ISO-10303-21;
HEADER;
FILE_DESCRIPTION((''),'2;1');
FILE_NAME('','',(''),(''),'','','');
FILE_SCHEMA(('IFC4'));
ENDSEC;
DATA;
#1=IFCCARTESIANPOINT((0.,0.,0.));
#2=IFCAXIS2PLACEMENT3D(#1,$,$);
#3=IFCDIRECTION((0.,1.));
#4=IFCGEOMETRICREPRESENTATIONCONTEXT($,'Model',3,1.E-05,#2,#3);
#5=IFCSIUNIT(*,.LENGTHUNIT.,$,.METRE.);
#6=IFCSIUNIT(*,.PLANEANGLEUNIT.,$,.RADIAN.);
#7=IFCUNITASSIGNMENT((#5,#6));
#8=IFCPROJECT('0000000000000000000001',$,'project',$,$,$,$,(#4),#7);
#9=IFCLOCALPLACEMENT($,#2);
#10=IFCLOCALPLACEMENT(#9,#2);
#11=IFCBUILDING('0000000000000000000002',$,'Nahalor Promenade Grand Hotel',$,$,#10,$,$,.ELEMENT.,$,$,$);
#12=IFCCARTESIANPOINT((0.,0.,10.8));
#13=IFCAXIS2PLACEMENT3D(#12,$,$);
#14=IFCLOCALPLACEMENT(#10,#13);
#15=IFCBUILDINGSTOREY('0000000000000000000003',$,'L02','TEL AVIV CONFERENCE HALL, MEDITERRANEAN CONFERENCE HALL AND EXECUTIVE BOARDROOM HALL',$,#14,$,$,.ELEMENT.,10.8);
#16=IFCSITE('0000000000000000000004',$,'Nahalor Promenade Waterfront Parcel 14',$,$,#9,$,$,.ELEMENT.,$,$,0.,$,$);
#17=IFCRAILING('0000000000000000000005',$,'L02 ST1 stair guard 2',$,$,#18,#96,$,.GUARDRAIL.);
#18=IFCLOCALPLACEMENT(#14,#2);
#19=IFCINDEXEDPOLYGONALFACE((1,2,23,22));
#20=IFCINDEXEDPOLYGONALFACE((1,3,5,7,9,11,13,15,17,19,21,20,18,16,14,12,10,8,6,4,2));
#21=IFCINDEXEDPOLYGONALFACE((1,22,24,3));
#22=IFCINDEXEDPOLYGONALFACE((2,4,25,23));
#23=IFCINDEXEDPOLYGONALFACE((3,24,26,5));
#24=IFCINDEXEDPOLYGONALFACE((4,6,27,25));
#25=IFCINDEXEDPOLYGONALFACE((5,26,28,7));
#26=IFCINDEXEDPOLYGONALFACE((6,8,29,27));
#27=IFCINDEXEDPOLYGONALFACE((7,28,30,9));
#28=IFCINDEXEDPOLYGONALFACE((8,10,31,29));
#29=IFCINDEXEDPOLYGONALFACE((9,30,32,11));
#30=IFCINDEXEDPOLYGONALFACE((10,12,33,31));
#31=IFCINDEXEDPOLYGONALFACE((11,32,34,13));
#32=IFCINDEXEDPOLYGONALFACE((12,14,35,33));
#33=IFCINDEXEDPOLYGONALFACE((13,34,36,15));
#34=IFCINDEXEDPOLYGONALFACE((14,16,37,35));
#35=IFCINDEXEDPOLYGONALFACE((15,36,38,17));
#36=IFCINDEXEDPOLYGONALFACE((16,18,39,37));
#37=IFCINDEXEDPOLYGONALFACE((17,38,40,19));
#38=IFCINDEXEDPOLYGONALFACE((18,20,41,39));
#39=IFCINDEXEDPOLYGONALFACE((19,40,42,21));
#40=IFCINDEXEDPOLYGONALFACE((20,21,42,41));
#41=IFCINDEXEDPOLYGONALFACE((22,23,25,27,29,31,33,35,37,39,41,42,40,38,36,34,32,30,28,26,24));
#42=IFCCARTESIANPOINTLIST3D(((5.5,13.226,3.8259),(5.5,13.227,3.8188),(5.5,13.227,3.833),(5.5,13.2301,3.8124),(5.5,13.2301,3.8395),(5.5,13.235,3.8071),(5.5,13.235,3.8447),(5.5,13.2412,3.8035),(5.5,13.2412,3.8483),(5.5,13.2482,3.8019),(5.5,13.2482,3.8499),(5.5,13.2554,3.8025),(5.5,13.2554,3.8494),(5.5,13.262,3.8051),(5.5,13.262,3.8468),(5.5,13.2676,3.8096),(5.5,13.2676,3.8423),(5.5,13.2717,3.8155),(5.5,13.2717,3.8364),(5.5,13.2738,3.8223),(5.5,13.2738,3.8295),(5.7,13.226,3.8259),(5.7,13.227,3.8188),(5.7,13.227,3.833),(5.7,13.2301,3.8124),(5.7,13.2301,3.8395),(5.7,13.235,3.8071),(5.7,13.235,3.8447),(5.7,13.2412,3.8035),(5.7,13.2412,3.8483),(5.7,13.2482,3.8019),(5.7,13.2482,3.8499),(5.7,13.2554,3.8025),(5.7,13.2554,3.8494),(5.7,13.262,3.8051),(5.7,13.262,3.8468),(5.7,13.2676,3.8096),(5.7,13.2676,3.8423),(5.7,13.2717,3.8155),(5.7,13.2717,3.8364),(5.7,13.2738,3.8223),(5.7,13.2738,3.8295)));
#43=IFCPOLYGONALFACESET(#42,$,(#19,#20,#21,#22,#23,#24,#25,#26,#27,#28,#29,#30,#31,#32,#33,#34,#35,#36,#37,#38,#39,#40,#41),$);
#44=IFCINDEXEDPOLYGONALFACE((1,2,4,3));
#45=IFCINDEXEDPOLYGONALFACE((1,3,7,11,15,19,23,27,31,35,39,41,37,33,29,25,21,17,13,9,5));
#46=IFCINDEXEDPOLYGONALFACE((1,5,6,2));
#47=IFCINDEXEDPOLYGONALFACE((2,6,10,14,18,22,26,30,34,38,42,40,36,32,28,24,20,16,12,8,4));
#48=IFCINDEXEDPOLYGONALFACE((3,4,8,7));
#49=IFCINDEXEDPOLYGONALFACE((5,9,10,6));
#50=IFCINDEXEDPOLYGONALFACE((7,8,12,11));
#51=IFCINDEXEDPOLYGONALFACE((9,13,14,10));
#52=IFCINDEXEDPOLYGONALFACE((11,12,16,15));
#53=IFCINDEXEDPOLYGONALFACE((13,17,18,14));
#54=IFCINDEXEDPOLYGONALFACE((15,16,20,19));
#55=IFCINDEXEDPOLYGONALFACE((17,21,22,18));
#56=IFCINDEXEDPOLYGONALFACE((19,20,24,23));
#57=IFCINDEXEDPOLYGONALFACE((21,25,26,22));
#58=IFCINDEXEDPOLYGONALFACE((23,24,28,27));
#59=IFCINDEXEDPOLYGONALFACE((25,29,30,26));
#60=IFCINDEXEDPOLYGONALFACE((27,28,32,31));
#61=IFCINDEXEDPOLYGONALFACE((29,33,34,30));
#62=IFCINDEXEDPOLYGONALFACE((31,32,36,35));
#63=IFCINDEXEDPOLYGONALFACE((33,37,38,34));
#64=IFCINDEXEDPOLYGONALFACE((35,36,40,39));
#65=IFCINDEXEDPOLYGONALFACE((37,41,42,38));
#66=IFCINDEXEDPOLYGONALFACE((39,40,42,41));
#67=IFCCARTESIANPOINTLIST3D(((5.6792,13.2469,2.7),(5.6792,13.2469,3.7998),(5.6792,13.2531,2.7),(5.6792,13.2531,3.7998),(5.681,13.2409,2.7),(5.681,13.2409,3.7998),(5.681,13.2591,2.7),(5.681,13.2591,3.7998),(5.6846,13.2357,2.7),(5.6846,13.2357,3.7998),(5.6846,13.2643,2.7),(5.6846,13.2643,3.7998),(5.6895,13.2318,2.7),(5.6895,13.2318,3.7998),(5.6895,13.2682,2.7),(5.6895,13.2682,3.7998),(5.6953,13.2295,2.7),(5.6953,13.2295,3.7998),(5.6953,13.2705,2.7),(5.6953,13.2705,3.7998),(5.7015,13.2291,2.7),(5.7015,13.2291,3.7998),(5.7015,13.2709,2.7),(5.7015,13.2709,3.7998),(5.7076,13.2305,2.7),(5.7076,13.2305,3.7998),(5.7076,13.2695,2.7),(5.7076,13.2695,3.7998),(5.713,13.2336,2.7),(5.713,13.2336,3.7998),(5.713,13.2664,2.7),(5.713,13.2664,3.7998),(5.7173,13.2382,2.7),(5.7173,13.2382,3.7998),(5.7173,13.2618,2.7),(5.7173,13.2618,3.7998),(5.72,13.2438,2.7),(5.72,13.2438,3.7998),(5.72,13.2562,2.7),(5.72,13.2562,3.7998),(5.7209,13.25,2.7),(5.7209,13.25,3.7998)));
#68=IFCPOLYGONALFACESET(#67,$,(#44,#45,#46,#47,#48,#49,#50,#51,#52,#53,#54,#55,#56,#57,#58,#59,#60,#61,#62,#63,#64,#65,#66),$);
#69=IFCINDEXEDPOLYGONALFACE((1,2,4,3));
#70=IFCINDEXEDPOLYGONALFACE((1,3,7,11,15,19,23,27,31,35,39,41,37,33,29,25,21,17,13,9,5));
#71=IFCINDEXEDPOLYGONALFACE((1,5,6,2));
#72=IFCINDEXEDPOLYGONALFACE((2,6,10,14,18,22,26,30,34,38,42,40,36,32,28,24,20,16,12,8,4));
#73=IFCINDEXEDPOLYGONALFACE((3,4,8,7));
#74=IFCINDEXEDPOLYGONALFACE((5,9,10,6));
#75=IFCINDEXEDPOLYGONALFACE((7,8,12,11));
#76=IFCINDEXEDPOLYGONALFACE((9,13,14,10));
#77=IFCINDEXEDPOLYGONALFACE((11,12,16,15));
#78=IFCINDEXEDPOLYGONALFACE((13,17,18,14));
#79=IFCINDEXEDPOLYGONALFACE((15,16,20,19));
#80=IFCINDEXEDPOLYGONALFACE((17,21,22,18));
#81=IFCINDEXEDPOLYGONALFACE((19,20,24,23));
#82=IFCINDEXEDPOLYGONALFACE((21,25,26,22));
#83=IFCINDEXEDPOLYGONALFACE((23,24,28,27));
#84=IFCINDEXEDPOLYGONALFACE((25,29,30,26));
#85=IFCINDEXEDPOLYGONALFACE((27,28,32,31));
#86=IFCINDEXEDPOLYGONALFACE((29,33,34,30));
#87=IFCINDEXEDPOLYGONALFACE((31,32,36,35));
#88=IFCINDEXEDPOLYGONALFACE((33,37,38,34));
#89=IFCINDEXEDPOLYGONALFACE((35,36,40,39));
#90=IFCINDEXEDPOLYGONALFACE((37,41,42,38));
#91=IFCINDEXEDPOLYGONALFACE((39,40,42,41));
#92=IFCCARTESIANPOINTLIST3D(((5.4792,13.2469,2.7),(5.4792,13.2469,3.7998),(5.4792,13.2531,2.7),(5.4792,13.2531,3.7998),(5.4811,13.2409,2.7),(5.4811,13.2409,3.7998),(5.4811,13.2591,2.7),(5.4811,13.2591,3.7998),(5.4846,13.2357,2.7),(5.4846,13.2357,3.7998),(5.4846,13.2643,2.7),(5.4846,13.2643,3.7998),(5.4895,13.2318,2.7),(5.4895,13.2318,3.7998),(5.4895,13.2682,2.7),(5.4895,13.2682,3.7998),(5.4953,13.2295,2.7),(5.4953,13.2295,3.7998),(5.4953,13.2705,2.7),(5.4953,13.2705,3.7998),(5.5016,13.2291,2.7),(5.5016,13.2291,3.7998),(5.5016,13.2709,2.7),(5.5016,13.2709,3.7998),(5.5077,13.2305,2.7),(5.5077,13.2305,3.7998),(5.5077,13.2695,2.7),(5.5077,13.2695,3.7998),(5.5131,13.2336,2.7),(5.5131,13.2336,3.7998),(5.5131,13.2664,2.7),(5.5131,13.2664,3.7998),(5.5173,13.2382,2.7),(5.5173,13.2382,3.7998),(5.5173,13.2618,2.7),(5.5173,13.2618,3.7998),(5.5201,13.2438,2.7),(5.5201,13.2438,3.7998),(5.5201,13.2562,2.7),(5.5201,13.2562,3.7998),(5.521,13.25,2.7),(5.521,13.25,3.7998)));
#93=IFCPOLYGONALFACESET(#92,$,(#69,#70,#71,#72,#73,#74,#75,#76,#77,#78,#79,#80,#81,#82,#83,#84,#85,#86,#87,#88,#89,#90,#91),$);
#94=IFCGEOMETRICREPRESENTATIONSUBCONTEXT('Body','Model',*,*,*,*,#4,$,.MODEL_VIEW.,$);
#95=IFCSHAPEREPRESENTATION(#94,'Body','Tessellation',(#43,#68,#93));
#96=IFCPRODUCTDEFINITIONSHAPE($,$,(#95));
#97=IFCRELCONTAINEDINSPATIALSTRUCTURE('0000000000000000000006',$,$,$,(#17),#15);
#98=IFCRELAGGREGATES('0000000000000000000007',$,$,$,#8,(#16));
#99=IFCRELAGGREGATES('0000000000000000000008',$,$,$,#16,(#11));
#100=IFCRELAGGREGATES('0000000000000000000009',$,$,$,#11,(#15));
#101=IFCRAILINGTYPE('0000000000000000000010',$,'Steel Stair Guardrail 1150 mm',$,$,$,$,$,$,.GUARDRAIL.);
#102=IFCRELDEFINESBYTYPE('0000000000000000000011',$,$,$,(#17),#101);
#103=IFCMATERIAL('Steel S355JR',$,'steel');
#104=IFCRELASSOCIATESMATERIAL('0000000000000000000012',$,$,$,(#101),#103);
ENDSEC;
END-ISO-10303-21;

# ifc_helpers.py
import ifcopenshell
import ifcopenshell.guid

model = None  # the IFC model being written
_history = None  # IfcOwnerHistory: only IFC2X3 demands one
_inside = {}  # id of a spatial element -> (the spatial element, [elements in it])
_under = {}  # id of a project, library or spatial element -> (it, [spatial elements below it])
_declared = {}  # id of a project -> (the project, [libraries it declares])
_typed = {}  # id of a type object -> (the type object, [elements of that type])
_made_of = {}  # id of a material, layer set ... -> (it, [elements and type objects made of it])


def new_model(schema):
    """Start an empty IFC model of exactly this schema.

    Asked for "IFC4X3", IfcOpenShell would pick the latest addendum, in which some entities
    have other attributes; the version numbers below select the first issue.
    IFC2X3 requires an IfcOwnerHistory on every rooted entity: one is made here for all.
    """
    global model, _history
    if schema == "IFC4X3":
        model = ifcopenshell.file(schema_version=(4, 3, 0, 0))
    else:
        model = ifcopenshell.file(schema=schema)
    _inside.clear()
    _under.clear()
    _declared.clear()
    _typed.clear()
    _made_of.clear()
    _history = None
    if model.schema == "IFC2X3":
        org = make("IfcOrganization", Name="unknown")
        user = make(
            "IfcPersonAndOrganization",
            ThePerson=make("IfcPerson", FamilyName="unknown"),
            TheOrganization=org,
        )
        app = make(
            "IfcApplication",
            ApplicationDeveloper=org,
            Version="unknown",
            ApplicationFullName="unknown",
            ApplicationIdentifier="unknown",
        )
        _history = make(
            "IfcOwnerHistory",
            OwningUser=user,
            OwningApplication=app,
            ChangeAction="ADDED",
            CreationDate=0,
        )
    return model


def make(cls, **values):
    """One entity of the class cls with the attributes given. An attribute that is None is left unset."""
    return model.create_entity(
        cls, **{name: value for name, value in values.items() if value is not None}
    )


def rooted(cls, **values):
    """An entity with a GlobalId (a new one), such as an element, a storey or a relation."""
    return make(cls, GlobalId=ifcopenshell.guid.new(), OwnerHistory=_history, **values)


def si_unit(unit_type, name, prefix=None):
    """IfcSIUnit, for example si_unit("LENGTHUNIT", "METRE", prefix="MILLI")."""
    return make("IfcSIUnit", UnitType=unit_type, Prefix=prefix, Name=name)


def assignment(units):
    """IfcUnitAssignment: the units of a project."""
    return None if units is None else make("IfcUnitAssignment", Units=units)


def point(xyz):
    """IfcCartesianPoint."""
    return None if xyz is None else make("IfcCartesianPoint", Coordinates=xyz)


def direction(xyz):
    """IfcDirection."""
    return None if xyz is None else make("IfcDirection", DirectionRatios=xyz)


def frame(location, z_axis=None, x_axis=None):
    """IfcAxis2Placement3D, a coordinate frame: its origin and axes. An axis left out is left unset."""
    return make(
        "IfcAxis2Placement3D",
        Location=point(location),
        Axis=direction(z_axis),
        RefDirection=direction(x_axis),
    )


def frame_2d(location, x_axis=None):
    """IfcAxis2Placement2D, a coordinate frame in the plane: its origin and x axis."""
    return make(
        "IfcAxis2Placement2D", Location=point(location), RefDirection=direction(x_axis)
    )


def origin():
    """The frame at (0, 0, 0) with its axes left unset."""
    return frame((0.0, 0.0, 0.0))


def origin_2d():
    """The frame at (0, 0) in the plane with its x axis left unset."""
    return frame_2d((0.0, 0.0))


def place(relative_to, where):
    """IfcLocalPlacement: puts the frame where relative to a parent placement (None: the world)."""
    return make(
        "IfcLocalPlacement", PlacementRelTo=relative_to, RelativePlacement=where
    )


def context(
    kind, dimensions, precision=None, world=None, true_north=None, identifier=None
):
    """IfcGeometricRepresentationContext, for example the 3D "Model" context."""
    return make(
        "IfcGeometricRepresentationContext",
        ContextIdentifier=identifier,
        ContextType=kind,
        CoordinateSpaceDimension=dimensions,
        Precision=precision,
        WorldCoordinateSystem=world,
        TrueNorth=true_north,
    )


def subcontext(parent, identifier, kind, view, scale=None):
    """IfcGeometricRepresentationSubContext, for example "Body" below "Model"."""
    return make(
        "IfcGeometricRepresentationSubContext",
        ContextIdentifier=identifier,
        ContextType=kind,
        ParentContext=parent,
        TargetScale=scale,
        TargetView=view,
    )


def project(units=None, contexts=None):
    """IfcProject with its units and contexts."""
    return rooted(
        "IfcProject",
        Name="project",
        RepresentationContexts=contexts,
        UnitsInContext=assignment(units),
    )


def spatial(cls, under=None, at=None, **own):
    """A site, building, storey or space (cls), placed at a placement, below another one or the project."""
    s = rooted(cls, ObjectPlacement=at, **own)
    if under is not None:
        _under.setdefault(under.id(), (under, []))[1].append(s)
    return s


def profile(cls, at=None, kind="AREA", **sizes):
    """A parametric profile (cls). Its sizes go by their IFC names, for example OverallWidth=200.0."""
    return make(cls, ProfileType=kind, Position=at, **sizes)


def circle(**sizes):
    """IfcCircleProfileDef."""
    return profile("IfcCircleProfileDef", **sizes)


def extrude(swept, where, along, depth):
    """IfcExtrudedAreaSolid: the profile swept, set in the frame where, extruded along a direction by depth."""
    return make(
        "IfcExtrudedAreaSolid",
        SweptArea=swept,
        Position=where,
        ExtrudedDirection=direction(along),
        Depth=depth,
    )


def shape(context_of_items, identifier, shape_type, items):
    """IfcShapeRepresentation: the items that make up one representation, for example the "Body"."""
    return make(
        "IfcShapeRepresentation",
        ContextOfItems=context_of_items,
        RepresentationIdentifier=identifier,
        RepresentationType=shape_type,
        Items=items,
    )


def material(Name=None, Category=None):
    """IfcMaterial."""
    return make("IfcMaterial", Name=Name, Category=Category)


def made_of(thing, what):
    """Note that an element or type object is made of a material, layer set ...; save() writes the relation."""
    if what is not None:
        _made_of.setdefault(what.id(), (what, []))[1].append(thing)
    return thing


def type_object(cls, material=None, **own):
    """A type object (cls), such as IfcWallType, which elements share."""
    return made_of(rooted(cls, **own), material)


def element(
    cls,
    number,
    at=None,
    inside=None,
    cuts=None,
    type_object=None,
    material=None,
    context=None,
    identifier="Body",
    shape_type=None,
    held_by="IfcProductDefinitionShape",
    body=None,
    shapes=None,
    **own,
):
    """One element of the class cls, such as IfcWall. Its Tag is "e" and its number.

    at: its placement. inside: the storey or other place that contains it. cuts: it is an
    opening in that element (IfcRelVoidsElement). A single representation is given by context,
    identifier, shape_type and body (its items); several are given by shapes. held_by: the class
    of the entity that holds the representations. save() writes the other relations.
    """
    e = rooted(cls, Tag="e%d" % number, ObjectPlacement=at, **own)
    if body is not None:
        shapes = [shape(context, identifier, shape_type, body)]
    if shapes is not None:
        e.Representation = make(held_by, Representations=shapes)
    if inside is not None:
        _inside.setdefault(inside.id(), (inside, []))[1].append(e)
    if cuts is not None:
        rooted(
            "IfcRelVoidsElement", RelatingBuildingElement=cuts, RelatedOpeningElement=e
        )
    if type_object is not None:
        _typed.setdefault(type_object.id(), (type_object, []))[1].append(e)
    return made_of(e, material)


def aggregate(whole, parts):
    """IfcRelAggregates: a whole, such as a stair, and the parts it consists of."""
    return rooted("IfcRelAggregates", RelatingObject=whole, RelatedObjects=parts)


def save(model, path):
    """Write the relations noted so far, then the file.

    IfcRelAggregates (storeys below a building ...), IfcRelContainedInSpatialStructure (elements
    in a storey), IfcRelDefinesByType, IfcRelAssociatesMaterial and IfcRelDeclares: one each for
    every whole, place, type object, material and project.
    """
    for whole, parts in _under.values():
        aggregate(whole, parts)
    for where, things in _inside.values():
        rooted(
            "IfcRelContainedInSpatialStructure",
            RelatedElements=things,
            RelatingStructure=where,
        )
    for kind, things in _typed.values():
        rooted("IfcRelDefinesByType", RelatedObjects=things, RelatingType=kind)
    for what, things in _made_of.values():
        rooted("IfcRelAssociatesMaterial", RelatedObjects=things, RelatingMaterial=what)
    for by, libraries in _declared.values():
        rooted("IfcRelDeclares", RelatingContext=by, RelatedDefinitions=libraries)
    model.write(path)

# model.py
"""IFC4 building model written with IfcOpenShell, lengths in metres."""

from ifc_helpers import new_model, si_unit, direction, frame, origin, origin_2d, place, context, subcontext, project, spatial, circle, extrude, material, type_object, element, save


model = new_model("IFC4")

# Units and contexts
model_context = context("Model", 3, precision=1e-05, world=origin(), true_north=direction((0.0, 1.0)))
body_context = subcontext(model_context, "Body", "Model", "MODEL_VIEW")
ifc_project = project(units=[si_unit("LENGTHUNIT", "METRE"), si_unit("PLANEANGLEUNIT", "RADIAN")], contexts=[model_context])

# Site, building, storey
site_placement = place(None, origin())
site = spatial("IfcSite", under=ifc_project, at=site_placement, Name="Nahalor Promenade Waterfront Parcel 14", CompositionType="ELEMENT", RefElevation=0.0)
building_placement = place(site_placement, origin())
building = spatial("IfcBuilding", under=site, at=building_placement, Name="Nahalor Promenade Grand Hotel", CompositionType="ELEMENT")
storey_placement = place(building_placement, frame((0.0, 0.0, 10.8)))
storey = spatial("IfcBuildingStorey", under=building, at=storey_placement, Name="L02", Description="TEL AVIV CONFERENCE HALL, MEDITERRANEAN CONFERENCE HALL AND EXECUTIVE BOARDROOM HALL", CompositionType="ELEMENT", Elevation=10.8)

# Shared definitions
ifc_material_1 = material(Name="Steel S355JR", Category="steel")

# Railing
railing_type_1 = type_object("IfcRailingType", Name="Steel Stair Guardrail 1150 mm", PredefinedType="GUARDRAIL", material=ifc_material_1)
railing_1_placement = place(storey_placement, frame((5.7, 13.25, 2.7)))
element("IfcRailing", 1, at=railing_1_placement, inside=storey, type_object=railing_type_1, Name="L02 ST1 stair guard 2", PredefinedType="GUARDRAIL", context=body_context, shape_type="SweptSolid", body=[
    extrude(circle(Radius=0.024, at=origin_2d()), frame((0.0, 0.0, 1.126), z_axis=(-1.0, 0.0, 0.0), x_axis=(0.0, -1.0, 0.0)), (0.0, 0.0, 1.0), 0.2),
    extrude(circle(Radius=0.021, at=origin_2d()), origin(), (0.0, 0.0, 1.0), 1.0999),
    extrude(circle(Radius=0.021, at=origin_2d()), frame((-0.2, 0.0, 0.0)), (0.0, 0.0, 1.0), 1.0999),
])

save(model, "model.ifc")
